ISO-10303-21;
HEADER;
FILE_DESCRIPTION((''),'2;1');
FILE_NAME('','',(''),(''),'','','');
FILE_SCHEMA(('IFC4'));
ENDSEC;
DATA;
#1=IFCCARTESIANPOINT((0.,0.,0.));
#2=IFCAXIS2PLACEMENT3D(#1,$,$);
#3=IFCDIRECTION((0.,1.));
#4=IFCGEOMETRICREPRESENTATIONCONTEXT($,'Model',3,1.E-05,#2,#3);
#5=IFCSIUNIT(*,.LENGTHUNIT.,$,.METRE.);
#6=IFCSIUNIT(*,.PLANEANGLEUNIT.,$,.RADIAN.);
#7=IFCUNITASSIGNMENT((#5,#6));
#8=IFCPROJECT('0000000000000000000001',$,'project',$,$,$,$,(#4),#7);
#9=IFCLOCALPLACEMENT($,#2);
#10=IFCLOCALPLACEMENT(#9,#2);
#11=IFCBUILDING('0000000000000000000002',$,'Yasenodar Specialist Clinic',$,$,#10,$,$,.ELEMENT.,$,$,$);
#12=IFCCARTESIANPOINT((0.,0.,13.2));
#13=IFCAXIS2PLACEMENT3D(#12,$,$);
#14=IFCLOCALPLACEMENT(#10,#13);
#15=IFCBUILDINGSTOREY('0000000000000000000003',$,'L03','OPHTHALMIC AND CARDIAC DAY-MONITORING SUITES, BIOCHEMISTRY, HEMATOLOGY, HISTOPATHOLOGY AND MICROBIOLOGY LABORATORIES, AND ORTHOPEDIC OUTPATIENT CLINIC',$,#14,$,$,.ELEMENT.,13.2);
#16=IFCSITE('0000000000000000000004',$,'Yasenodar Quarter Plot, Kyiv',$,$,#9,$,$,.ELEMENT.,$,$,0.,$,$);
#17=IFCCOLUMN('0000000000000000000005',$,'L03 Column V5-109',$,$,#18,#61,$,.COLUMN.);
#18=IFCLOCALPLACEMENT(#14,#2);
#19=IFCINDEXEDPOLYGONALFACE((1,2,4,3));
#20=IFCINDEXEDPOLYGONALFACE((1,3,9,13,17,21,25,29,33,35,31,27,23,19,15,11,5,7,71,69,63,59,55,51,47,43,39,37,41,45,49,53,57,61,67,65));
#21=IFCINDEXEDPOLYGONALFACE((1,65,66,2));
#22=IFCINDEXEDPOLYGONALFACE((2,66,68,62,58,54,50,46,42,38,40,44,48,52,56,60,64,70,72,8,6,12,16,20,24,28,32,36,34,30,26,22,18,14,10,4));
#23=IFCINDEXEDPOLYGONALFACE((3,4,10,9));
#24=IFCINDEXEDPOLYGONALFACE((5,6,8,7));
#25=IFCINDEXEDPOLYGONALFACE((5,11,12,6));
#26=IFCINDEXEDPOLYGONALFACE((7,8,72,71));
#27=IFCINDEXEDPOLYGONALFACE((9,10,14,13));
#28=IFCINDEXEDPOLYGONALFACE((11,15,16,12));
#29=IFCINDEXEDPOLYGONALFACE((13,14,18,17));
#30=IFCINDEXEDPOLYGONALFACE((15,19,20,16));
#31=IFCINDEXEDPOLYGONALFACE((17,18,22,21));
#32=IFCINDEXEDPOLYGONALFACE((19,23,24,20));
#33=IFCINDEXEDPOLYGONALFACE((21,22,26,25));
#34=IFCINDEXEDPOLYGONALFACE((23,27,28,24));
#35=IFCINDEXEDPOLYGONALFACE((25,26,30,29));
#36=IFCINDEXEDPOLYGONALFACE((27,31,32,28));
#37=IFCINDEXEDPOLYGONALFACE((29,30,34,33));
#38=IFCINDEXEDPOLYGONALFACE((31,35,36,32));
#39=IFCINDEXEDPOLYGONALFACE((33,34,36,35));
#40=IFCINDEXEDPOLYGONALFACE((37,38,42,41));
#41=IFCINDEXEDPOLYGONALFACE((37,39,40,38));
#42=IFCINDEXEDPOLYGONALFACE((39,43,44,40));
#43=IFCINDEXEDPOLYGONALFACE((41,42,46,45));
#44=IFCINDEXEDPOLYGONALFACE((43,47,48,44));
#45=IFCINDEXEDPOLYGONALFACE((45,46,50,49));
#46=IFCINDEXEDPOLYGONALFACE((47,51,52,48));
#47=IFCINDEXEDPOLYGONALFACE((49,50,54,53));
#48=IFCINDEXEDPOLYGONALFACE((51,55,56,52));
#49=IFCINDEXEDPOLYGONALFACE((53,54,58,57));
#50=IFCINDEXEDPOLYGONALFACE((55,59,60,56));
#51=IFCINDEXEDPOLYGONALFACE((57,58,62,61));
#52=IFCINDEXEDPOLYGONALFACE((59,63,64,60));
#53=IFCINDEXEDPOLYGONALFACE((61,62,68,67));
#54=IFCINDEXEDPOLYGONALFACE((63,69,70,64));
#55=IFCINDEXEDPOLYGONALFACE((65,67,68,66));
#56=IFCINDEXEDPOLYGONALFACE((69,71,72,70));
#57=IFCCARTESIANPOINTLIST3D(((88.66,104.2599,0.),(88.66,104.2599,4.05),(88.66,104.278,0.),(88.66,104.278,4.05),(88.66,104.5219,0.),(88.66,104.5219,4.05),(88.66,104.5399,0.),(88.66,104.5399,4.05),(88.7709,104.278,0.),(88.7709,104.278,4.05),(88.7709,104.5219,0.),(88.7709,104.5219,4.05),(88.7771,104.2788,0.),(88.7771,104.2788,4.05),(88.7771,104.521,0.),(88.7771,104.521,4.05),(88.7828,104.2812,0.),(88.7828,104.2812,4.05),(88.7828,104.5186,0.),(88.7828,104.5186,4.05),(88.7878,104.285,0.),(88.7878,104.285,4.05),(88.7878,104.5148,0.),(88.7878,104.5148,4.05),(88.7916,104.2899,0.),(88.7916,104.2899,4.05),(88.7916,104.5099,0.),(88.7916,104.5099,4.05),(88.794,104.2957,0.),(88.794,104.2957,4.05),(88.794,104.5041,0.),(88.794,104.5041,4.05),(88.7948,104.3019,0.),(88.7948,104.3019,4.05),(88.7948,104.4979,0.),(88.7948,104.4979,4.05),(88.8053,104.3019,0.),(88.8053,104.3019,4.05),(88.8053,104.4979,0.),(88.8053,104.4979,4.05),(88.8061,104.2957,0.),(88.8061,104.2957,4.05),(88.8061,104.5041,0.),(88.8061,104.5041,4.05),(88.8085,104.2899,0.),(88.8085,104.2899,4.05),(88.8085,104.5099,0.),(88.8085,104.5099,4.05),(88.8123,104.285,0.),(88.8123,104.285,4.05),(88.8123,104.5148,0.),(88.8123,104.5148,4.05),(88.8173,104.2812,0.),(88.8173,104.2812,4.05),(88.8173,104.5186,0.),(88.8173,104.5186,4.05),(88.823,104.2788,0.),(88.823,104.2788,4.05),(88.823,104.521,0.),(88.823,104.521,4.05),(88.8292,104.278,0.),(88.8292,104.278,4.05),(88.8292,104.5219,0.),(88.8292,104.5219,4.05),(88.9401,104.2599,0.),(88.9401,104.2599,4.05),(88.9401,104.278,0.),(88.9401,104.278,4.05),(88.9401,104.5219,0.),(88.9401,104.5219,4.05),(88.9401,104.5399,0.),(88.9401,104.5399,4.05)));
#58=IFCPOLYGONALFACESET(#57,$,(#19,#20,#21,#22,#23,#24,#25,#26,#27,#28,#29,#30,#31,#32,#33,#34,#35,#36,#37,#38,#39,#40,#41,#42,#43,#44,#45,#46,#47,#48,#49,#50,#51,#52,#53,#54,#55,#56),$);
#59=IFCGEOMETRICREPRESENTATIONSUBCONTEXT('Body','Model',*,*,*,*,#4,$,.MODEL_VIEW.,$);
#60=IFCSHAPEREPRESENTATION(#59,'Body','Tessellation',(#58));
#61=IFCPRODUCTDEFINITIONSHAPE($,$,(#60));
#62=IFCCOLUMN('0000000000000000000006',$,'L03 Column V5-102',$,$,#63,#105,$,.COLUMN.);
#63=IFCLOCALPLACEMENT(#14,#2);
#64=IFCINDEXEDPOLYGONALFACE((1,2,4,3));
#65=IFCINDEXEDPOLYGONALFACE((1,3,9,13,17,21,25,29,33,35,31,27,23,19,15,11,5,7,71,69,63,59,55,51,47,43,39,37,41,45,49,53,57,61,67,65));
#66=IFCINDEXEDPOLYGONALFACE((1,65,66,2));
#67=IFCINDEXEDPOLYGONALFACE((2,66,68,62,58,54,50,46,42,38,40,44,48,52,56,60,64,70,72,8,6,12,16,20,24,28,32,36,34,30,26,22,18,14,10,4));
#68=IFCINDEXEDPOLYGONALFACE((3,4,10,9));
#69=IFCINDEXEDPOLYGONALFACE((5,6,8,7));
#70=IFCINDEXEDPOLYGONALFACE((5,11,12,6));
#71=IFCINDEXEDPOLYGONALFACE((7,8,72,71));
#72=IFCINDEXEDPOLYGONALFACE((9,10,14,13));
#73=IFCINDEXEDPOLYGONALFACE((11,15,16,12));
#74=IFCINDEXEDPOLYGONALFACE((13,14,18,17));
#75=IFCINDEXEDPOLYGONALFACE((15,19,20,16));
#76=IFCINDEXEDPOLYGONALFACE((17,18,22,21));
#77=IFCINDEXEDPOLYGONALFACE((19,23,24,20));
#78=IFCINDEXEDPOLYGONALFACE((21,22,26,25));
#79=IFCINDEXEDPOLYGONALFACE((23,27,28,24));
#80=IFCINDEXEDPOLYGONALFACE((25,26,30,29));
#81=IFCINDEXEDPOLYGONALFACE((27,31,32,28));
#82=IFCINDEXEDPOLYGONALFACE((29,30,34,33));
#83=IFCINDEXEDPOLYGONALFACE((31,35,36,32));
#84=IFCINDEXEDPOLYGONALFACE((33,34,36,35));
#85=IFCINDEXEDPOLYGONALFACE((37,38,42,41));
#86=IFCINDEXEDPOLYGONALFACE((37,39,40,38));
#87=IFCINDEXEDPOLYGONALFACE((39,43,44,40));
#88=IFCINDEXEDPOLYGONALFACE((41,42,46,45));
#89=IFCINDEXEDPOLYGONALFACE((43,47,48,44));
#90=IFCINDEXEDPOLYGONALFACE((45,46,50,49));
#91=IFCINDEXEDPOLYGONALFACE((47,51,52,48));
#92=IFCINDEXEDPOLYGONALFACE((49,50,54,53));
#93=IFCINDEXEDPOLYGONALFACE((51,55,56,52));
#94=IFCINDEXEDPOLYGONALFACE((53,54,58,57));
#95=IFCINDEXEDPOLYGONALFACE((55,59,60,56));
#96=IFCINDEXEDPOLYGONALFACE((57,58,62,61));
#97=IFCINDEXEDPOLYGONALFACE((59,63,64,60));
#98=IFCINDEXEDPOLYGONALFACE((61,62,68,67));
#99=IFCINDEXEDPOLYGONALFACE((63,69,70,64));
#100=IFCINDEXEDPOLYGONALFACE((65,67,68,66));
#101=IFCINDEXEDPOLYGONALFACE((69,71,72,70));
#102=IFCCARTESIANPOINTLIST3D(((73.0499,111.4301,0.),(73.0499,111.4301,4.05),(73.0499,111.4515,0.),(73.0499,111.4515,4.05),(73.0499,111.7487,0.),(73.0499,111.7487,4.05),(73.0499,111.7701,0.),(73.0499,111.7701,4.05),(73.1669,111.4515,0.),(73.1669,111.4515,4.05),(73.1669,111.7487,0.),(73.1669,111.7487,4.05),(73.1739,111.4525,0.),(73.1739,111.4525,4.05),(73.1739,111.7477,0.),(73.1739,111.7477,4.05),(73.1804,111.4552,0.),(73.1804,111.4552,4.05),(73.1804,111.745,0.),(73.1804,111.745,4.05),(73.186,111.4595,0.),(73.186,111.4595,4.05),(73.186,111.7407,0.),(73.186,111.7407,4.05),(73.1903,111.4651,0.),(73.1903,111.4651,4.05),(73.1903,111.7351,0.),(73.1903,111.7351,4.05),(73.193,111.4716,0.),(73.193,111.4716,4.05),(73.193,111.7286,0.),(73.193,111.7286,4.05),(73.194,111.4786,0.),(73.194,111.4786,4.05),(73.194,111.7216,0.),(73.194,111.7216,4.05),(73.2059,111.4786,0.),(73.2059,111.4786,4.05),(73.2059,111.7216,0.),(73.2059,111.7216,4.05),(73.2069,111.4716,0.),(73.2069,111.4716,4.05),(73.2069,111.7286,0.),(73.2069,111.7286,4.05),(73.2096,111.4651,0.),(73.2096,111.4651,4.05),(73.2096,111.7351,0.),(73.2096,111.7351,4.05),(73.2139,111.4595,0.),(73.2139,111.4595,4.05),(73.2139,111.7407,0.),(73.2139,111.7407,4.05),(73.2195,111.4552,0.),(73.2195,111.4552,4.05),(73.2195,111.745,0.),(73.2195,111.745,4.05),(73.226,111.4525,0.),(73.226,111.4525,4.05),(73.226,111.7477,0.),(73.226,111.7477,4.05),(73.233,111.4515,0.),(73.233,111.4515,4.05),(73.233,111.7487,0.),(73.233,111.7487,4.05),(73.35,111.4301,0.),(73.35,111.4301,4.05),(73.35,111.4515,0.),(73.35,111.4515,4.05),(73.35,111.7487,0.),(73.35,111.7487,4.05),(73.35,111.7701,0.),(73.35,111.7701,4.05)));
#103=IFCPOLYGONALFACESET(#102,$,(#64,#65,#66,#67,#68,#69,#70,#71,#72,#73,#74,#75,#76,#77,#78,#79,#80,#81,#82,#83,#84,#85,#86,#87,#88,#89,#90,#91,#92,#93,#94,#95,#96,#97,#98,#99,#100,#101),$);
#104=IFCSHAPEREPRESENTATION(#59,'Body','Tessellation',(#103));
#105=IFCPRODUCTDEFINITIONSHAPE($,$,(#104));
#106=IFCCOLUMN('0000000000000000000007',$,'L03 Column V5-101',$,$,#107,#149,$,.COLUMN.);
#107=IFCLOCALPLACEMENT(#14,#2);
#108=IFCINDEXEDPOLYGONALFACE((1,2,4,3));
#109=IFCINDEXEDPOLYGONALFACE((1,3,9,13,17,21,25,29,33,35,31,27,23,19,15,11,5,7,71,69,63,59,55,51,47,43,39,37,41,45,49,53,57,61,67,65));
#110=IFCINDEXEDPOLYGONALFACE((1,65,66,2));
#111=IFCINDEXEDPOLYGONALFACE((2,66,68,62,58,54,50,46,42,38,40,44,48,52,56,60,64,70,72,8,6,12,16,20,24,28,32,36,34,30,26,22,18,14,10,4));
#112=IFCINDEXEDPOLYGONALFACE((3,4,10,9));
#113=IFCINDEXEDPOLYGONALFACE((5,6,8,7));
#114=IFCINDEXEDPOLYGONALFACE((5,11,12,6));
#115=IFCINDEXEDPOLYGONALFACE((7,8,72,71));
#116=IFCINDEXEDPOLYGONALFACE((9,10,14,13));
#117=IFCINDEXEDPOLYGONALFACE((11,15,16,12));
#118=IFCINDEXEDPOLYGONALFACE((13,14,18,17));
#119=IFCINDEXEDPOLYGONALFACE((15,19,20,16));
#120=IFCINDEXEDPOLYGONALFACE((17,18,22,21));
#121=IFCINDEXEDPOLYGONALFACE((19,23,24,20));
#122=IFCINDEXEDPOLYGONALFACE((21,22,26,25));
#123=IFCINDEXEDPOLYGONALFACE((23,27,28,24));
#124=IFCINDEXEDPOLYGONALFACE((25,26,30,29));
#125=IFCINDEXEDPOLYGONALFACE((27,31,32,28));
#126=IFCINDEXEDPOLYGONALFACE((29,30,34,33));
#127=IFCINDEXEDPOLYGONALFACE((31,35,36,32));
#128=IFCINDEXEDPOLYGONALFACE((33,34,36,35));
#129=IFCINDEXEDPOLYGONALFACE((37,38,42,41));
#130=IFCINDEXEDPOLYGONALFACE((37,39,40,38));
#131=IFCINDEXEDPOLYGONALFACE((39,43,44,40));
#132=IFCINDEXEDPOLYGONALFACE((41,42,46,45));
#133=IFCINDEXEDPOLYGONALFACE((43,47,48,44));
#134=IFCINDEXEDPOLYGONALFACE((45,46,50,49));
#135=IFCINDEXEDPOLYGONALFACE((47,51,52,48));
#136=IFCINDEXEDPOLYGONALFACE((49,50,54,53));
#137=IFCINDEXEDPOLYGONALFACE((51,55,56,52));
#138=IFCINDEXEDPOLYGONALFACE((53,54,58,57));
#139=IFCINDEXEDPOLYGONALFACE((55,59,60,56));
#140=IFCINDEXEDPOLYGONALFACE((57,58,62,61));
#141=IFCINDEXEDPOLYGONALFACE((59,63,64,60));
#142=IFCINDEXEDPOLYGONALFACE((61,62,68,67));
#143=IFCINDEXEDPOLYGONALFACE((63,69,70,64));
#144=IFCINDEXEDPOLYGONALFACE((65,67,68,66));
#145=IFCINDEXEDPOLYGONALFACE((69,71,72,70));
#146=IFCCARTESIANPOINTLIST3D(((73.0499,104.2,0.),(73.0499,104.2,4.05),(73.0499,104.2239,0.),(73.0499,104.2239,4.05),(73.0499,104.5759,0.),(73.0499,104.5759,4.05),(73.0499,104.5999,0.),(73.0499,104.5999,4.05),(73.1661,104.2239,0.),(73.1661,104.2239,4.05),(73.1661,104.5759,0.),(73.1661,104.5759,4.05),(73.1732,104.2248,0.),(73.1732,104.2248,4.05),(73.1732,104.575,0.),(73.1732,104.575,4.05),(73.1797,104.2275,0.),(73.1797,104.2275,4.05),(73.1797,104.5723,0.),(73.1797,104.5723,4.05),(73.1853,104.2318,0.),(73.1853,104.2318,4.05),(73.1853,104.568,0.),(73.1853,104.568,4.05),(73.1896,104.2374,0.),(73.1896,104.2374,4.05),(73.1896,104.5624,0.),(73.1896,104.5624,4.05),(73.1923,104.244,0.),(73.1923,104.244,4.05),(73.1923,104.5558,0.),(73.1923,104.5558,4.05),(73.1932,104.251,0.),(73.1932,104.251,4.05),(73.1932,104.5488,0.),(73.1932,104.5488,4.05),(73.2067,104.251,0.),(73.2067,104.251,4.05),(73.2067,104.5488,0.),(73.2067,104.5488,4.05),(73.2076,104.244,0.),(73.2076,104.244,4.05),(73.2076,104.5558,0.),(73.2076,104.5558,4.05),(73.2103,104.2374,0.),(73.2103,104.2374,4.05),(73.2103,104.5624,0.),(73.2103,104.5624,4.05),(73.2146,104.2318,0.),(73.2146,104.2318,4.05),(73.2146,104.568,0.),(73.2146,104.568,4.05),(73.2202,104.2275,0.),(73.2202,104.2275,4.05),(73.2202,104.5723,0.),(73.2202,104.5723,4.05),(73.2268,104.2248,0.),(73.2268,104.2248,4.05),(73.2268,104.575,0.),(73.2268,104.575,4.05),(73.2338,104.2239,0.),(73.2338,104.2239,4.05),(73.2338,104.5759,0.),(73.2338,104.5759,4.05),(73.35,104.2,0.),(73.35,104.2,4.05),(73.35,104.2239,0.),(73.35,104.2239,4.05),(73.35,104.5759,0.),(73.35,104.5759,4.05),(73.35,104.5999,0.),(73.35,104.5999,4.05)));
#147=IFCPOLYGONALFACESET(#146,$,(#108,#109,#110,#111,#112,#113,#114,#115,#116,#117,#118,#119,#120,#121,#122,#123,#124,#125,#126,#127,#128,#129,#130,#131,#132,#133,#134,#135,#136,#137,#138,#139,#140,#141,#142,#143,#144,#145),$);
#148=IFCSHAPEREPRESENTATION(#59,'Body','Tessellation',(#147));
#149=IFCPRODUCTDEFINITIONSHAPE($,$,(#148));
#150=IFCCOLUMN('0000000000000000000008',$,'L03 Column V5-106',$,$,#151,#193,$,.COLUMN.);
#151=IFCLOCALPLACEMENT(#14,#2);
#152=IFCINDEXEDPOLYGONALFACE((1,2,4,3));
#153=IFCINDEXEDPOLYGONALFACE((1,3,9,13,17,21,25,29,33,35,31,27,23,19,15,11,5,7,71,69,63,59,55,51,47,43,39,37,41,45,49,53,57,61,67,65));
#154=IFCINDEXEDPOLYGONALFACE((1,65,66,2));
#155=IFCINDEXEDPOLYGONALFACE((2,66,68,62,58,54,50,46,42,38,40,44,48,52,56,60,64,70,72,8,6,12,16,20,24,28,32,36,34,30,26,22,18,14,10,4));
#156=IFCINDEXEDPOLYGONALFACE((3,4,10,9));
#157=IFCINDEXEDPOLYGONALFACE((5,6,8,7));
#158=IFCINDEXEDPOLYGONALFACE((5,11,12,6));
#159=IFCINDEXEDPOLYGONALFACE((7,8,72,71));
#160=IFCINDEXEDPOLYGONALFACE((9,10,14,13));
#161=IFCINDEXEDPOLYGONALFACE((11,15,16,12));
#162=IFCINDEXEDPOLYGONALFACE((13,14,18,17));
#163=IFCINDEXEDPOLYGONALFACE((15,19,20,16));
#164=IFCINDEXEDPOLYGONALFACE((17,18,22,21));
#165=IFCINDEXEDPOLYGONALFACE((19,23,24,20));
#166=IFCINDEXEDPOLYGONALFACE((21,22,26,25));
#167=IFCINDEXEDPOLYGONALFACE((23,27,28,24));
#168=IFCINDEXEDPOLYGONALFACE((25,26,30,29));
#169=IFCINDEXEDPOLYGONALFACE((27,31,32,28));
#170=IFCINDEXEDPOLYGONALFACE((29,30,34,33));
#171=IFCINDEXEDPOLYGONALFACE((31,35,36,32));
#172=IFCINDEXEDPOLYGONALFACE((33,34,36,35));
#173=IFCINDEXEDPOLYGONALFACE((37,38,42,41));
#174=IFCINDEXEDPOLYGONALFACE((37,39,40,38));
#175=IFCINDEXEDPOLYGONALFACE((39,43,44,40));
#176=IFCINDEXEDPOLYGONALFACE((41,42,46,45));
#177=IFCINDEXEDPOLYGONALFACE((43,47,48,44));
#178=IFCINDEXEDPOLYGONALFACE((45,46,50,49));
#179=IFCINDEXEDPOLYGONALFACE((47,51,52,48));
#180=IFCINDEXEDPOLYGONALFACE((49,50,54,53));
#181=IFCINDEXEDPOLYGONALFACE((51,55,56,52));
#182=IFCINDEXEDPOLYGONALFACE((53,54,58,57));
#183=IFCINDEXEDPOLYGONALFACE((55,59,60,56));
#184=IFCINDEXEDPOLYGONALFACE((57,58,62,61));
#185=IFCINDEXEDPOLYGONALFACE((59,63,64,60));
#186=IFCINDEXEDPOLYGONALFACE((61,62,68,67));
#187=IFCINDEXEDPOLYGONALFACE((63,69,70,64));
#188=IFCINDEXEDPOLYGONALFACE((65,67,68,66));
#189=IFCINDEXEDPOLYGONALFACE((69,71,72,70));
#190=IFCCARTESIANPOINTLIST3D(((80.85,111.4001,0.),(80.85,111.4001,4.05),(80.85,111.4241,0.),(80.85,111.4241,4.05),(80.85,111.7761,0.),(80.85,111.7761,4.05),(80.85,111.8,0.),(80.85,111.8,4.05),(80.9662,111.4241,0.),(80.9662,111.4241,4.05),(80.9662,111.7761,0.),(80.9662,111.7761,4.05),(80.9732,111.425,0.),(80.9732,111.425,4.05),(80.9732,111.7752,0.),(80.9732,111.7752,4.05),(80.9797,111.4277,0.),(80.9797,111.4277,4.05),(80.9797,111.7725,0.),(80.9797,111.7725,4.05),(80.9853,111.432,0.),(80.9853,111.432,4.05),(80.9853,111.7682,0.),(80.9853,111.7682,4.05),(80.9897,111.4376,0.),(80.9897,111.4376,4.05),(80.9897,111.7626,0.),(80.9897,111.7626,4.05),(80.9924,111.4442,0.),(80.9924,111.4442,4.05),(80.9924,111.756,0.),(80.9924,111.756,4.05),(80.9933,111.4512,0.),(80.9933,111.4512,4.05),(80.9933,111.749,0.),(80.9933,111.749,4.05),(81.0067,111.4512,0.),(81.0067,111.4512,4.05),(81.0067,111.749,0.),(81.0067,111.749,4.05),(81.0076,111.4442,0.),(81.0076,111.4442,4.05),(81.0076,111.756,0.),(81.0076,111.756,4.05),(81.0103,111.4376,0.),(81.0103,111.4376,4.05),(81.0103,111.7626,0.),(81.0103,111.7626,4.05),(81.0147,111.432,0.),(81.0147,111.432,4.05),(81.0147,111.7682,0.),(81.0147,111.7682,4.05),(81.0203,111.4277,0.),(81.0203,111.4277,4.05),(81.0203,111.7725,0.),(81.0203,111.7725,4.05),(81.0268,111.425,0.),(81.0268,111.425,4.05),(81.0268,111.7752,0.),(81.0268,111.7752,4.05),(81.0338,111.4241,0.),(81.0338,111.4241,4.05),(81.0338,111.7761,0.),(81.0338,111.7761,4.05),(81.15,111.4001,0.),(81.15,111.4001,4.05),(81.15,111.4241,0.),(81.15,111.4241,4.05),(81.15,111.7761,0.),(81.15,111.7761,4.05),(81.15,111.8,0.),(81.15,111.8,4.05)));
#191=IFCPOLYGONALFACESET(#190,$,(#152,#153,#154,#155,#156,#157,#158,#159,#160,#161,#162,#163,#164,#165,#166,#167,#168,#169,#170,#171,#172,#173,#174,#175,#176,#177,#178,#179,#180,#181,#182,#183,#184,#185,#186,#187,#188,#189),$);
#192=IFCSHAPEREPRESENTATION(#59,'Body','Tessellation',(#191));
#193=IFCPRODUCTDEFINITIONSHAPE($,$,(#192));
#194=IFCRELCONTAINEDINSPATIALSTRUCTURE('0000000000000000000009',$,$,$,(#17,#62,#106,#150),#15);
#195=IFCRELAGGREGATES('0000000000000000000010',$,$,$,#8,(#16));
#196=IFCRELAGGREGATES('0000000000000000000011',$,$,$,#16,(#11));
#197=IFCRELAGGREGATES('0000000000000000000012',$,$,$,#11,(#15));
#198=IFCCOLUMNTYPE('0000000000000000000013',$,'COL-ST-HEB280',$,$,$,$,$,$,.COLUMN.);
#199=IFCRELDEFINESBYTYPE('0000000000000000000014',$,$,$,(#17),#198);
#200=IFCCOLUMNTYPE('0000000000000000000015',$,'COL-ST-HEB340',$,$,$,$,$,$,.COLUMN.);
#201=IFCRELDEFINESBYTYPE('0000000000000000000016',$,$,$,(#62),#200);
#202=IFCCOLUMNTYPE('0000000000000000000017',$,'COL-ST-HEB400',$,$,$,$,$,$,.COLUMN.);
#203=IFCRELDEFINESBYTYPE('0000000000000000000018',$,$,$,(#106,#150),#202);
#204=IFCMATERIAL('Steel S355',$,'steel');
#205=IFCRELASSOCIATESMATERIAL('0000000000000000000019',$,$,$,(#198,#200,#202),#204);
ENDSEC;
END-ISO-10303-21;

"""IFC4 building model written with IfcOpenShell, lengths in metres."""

from ifc_helpers import new_model, si_unit, direction, frame, origin, origin_2d, place, context, subcontext, project, spatial, i_section, extrude, material, material_profile, profile_set, type_object, element, save


model = new_model("IFC4")

# Units and contexts
model_context = context("Model", 3, precision=1e-05, world=origin(), true_north=direction((0.0, 1.0)))
body_context = subcontext(model_context, "Body", "Model", "MODEL_VIEW")
ifc_project = project(units=[si_unit("LENGTHUNIT", "METRE"), si_unit("PLANEANGLEUNIT", "RADIAN")], contexts=[model_context])

# Site, building, storey
site_placement = place(None, origin())
site = spatial("IfcSite", under=ifc_project, at=site_placement, Name="Yasenodar Quarter Plot, Kyiv", CompositionType="ELEMENT", RefElevation=0.0)
building_placement = place(site_placement, origin())
building = spatial("IfcBuilding", under=site, at=building_placement, Name="Yasenodar Specialist Clinic", CompositionType="ELEMENT")
storey_placement = place(building_placement, frame((0.0, 0.0, 13.2)))
storey = spatial("IfcBuildingStorey", under=building, at=storey_placement, Name="L03", Description="OPHTHALMIC AND CARDIAC DAY-MONITORING SUITES, BIOCHEMISTRY, HEMATOLOGY, HISTOPATHOLOGY AND MICROBIOLOGY LABORATORIES, AND ORTHOPEDIC OUTPATIENT CLINIC", CompositionType="ELEMENT", Elevation=13.2)

# Columns
ifc_material_1 = material(Name="Steel S355", Category="steel")
ifc_material_profile_1 = material_profile(ifc_material_1, i_section(OverallWidth=0.28, OverallDepth=0.28, WebThickness=0.0105, FlangeThickness=0.0181, FilletRadius=0.0239, at=origin_2d()), Name="HEB 280")
ifc_profile_set_1 = profile_set([ifc_material_profile_1], Name="Steel S355")
column_type_1 = type_object("IfcColumnType", Name="COL-ST-HEB280", PredefinedType="COLUMN", material=ifc_profile_set_1)
column_1_placement = place(storey_placement, frame((88.8, 104.3999, 0.0), z_axis=(0.0, 0.0, 1.0), x_axis=(1.0, 0.0, 0.0)))
element("IfcColumn", 1, at=column_1_placement, inside=storey, type_object=column_type_1, Name="L03 Column V5-109", PredefinedType="COLUMN", context=body_context, shape_type="SweptSolid", body=[
    extrude(i_section(OverallWidth=0.28, OverallDepth=0.28, WebThickness=0.0105, FlangeThickness=0.0181, FilletRadius=0.0239, at=origin_2d()), origin(), (0.0, 0.0, 1.0), 4.05),
])
ifc_material_profile_2 = material_profile(ifc_material_1, i_section(OverallWidth=0.3, OverallDepth=0.3401, WebThickness=0.012, FlangeThickness=0.0215, FilletRadius=0.0271, at=origin_2d()), Name="HEB 340")
ifc_profile_set_2 = profile_set([ifc_material_profile_2], Name="Steel S355")
column_type_2 = type_object("IfcColumnType", Name="COL-ST-HEB340", PredefinedType="COLUMN", material=ifc_profile_set_2)
column_2_placement = place(storey_placement, frame((73.2, 111.6001, 0.0), z_axis=(0.0, 0.0, 1.0), x_axis=(1.0, 0.0, 0.0)))
element("IfcColumn", 2, at=column_2_placement, inside=storey, type_object=column_type_2, Name="L03 Column V5-102", PredefinedType="COLUMN", context=body_context, shape_type="SweptSolid", body=[
    extrude(i_section(OverallWidth=0.3, OverallDepth=0.3401, WebThickness=0.012, FlangeThickness=0.0215, FilletRadius=0.0271, at=origin_2d()), origin(), (0.0, 0.0, 1.0), 4.05),
])
ifc_material_profile_3 = material_profile(ifc_material_1, i_section(OverallWidth=0.3, OverallDepth=0.3999, WebThickness=0.0134, FlangeThickness=0.0239, FilletRadius=0.0271, at=origin_2d()), Name="HEB 400")
ifc_profile_set_3 = profile_set([ifc_material_profile_3], Name="Steel S355")
column_type_3 = type_object("IfcColumnType", Name="COL-ST-HEB400", PredefinedType="COLUMN", material=ifc_profile_set_3)
for number, where, z_axis, x_axis, name in (
    (3, (73.2, 104.3999, 0.0), (0.0, 0.0, 1.0), (1.0, 0.0, 0.0), "L03 Column V5-101"),
    (4, (81.0, 111.6001, 0.0), (0.0, 0.0, 1.0), (1.0, 0.0, 0.0), "L03 Column V5-106"),
):
    element("IfcColumn", number, at=place(storey_placement, frame(where, z_axis=z_axis, x_axis=x_axis)), inside=storey, type_object=column_type_3, Name=name, PredefinedType="COLUMN", context=body_context, shape_type="SweptSolid", body=[
        extrude(i_section(OverallWidth=0.3, OverallDepth=0.3999, WebThickness=0.0134, FlangeThickness=0.0239, FilletRadius=0.0271, at=origin_2d()), origin(), (0.0, 0.0, 1.0), 4.05),
    ])

save(model, "model.ifc")
